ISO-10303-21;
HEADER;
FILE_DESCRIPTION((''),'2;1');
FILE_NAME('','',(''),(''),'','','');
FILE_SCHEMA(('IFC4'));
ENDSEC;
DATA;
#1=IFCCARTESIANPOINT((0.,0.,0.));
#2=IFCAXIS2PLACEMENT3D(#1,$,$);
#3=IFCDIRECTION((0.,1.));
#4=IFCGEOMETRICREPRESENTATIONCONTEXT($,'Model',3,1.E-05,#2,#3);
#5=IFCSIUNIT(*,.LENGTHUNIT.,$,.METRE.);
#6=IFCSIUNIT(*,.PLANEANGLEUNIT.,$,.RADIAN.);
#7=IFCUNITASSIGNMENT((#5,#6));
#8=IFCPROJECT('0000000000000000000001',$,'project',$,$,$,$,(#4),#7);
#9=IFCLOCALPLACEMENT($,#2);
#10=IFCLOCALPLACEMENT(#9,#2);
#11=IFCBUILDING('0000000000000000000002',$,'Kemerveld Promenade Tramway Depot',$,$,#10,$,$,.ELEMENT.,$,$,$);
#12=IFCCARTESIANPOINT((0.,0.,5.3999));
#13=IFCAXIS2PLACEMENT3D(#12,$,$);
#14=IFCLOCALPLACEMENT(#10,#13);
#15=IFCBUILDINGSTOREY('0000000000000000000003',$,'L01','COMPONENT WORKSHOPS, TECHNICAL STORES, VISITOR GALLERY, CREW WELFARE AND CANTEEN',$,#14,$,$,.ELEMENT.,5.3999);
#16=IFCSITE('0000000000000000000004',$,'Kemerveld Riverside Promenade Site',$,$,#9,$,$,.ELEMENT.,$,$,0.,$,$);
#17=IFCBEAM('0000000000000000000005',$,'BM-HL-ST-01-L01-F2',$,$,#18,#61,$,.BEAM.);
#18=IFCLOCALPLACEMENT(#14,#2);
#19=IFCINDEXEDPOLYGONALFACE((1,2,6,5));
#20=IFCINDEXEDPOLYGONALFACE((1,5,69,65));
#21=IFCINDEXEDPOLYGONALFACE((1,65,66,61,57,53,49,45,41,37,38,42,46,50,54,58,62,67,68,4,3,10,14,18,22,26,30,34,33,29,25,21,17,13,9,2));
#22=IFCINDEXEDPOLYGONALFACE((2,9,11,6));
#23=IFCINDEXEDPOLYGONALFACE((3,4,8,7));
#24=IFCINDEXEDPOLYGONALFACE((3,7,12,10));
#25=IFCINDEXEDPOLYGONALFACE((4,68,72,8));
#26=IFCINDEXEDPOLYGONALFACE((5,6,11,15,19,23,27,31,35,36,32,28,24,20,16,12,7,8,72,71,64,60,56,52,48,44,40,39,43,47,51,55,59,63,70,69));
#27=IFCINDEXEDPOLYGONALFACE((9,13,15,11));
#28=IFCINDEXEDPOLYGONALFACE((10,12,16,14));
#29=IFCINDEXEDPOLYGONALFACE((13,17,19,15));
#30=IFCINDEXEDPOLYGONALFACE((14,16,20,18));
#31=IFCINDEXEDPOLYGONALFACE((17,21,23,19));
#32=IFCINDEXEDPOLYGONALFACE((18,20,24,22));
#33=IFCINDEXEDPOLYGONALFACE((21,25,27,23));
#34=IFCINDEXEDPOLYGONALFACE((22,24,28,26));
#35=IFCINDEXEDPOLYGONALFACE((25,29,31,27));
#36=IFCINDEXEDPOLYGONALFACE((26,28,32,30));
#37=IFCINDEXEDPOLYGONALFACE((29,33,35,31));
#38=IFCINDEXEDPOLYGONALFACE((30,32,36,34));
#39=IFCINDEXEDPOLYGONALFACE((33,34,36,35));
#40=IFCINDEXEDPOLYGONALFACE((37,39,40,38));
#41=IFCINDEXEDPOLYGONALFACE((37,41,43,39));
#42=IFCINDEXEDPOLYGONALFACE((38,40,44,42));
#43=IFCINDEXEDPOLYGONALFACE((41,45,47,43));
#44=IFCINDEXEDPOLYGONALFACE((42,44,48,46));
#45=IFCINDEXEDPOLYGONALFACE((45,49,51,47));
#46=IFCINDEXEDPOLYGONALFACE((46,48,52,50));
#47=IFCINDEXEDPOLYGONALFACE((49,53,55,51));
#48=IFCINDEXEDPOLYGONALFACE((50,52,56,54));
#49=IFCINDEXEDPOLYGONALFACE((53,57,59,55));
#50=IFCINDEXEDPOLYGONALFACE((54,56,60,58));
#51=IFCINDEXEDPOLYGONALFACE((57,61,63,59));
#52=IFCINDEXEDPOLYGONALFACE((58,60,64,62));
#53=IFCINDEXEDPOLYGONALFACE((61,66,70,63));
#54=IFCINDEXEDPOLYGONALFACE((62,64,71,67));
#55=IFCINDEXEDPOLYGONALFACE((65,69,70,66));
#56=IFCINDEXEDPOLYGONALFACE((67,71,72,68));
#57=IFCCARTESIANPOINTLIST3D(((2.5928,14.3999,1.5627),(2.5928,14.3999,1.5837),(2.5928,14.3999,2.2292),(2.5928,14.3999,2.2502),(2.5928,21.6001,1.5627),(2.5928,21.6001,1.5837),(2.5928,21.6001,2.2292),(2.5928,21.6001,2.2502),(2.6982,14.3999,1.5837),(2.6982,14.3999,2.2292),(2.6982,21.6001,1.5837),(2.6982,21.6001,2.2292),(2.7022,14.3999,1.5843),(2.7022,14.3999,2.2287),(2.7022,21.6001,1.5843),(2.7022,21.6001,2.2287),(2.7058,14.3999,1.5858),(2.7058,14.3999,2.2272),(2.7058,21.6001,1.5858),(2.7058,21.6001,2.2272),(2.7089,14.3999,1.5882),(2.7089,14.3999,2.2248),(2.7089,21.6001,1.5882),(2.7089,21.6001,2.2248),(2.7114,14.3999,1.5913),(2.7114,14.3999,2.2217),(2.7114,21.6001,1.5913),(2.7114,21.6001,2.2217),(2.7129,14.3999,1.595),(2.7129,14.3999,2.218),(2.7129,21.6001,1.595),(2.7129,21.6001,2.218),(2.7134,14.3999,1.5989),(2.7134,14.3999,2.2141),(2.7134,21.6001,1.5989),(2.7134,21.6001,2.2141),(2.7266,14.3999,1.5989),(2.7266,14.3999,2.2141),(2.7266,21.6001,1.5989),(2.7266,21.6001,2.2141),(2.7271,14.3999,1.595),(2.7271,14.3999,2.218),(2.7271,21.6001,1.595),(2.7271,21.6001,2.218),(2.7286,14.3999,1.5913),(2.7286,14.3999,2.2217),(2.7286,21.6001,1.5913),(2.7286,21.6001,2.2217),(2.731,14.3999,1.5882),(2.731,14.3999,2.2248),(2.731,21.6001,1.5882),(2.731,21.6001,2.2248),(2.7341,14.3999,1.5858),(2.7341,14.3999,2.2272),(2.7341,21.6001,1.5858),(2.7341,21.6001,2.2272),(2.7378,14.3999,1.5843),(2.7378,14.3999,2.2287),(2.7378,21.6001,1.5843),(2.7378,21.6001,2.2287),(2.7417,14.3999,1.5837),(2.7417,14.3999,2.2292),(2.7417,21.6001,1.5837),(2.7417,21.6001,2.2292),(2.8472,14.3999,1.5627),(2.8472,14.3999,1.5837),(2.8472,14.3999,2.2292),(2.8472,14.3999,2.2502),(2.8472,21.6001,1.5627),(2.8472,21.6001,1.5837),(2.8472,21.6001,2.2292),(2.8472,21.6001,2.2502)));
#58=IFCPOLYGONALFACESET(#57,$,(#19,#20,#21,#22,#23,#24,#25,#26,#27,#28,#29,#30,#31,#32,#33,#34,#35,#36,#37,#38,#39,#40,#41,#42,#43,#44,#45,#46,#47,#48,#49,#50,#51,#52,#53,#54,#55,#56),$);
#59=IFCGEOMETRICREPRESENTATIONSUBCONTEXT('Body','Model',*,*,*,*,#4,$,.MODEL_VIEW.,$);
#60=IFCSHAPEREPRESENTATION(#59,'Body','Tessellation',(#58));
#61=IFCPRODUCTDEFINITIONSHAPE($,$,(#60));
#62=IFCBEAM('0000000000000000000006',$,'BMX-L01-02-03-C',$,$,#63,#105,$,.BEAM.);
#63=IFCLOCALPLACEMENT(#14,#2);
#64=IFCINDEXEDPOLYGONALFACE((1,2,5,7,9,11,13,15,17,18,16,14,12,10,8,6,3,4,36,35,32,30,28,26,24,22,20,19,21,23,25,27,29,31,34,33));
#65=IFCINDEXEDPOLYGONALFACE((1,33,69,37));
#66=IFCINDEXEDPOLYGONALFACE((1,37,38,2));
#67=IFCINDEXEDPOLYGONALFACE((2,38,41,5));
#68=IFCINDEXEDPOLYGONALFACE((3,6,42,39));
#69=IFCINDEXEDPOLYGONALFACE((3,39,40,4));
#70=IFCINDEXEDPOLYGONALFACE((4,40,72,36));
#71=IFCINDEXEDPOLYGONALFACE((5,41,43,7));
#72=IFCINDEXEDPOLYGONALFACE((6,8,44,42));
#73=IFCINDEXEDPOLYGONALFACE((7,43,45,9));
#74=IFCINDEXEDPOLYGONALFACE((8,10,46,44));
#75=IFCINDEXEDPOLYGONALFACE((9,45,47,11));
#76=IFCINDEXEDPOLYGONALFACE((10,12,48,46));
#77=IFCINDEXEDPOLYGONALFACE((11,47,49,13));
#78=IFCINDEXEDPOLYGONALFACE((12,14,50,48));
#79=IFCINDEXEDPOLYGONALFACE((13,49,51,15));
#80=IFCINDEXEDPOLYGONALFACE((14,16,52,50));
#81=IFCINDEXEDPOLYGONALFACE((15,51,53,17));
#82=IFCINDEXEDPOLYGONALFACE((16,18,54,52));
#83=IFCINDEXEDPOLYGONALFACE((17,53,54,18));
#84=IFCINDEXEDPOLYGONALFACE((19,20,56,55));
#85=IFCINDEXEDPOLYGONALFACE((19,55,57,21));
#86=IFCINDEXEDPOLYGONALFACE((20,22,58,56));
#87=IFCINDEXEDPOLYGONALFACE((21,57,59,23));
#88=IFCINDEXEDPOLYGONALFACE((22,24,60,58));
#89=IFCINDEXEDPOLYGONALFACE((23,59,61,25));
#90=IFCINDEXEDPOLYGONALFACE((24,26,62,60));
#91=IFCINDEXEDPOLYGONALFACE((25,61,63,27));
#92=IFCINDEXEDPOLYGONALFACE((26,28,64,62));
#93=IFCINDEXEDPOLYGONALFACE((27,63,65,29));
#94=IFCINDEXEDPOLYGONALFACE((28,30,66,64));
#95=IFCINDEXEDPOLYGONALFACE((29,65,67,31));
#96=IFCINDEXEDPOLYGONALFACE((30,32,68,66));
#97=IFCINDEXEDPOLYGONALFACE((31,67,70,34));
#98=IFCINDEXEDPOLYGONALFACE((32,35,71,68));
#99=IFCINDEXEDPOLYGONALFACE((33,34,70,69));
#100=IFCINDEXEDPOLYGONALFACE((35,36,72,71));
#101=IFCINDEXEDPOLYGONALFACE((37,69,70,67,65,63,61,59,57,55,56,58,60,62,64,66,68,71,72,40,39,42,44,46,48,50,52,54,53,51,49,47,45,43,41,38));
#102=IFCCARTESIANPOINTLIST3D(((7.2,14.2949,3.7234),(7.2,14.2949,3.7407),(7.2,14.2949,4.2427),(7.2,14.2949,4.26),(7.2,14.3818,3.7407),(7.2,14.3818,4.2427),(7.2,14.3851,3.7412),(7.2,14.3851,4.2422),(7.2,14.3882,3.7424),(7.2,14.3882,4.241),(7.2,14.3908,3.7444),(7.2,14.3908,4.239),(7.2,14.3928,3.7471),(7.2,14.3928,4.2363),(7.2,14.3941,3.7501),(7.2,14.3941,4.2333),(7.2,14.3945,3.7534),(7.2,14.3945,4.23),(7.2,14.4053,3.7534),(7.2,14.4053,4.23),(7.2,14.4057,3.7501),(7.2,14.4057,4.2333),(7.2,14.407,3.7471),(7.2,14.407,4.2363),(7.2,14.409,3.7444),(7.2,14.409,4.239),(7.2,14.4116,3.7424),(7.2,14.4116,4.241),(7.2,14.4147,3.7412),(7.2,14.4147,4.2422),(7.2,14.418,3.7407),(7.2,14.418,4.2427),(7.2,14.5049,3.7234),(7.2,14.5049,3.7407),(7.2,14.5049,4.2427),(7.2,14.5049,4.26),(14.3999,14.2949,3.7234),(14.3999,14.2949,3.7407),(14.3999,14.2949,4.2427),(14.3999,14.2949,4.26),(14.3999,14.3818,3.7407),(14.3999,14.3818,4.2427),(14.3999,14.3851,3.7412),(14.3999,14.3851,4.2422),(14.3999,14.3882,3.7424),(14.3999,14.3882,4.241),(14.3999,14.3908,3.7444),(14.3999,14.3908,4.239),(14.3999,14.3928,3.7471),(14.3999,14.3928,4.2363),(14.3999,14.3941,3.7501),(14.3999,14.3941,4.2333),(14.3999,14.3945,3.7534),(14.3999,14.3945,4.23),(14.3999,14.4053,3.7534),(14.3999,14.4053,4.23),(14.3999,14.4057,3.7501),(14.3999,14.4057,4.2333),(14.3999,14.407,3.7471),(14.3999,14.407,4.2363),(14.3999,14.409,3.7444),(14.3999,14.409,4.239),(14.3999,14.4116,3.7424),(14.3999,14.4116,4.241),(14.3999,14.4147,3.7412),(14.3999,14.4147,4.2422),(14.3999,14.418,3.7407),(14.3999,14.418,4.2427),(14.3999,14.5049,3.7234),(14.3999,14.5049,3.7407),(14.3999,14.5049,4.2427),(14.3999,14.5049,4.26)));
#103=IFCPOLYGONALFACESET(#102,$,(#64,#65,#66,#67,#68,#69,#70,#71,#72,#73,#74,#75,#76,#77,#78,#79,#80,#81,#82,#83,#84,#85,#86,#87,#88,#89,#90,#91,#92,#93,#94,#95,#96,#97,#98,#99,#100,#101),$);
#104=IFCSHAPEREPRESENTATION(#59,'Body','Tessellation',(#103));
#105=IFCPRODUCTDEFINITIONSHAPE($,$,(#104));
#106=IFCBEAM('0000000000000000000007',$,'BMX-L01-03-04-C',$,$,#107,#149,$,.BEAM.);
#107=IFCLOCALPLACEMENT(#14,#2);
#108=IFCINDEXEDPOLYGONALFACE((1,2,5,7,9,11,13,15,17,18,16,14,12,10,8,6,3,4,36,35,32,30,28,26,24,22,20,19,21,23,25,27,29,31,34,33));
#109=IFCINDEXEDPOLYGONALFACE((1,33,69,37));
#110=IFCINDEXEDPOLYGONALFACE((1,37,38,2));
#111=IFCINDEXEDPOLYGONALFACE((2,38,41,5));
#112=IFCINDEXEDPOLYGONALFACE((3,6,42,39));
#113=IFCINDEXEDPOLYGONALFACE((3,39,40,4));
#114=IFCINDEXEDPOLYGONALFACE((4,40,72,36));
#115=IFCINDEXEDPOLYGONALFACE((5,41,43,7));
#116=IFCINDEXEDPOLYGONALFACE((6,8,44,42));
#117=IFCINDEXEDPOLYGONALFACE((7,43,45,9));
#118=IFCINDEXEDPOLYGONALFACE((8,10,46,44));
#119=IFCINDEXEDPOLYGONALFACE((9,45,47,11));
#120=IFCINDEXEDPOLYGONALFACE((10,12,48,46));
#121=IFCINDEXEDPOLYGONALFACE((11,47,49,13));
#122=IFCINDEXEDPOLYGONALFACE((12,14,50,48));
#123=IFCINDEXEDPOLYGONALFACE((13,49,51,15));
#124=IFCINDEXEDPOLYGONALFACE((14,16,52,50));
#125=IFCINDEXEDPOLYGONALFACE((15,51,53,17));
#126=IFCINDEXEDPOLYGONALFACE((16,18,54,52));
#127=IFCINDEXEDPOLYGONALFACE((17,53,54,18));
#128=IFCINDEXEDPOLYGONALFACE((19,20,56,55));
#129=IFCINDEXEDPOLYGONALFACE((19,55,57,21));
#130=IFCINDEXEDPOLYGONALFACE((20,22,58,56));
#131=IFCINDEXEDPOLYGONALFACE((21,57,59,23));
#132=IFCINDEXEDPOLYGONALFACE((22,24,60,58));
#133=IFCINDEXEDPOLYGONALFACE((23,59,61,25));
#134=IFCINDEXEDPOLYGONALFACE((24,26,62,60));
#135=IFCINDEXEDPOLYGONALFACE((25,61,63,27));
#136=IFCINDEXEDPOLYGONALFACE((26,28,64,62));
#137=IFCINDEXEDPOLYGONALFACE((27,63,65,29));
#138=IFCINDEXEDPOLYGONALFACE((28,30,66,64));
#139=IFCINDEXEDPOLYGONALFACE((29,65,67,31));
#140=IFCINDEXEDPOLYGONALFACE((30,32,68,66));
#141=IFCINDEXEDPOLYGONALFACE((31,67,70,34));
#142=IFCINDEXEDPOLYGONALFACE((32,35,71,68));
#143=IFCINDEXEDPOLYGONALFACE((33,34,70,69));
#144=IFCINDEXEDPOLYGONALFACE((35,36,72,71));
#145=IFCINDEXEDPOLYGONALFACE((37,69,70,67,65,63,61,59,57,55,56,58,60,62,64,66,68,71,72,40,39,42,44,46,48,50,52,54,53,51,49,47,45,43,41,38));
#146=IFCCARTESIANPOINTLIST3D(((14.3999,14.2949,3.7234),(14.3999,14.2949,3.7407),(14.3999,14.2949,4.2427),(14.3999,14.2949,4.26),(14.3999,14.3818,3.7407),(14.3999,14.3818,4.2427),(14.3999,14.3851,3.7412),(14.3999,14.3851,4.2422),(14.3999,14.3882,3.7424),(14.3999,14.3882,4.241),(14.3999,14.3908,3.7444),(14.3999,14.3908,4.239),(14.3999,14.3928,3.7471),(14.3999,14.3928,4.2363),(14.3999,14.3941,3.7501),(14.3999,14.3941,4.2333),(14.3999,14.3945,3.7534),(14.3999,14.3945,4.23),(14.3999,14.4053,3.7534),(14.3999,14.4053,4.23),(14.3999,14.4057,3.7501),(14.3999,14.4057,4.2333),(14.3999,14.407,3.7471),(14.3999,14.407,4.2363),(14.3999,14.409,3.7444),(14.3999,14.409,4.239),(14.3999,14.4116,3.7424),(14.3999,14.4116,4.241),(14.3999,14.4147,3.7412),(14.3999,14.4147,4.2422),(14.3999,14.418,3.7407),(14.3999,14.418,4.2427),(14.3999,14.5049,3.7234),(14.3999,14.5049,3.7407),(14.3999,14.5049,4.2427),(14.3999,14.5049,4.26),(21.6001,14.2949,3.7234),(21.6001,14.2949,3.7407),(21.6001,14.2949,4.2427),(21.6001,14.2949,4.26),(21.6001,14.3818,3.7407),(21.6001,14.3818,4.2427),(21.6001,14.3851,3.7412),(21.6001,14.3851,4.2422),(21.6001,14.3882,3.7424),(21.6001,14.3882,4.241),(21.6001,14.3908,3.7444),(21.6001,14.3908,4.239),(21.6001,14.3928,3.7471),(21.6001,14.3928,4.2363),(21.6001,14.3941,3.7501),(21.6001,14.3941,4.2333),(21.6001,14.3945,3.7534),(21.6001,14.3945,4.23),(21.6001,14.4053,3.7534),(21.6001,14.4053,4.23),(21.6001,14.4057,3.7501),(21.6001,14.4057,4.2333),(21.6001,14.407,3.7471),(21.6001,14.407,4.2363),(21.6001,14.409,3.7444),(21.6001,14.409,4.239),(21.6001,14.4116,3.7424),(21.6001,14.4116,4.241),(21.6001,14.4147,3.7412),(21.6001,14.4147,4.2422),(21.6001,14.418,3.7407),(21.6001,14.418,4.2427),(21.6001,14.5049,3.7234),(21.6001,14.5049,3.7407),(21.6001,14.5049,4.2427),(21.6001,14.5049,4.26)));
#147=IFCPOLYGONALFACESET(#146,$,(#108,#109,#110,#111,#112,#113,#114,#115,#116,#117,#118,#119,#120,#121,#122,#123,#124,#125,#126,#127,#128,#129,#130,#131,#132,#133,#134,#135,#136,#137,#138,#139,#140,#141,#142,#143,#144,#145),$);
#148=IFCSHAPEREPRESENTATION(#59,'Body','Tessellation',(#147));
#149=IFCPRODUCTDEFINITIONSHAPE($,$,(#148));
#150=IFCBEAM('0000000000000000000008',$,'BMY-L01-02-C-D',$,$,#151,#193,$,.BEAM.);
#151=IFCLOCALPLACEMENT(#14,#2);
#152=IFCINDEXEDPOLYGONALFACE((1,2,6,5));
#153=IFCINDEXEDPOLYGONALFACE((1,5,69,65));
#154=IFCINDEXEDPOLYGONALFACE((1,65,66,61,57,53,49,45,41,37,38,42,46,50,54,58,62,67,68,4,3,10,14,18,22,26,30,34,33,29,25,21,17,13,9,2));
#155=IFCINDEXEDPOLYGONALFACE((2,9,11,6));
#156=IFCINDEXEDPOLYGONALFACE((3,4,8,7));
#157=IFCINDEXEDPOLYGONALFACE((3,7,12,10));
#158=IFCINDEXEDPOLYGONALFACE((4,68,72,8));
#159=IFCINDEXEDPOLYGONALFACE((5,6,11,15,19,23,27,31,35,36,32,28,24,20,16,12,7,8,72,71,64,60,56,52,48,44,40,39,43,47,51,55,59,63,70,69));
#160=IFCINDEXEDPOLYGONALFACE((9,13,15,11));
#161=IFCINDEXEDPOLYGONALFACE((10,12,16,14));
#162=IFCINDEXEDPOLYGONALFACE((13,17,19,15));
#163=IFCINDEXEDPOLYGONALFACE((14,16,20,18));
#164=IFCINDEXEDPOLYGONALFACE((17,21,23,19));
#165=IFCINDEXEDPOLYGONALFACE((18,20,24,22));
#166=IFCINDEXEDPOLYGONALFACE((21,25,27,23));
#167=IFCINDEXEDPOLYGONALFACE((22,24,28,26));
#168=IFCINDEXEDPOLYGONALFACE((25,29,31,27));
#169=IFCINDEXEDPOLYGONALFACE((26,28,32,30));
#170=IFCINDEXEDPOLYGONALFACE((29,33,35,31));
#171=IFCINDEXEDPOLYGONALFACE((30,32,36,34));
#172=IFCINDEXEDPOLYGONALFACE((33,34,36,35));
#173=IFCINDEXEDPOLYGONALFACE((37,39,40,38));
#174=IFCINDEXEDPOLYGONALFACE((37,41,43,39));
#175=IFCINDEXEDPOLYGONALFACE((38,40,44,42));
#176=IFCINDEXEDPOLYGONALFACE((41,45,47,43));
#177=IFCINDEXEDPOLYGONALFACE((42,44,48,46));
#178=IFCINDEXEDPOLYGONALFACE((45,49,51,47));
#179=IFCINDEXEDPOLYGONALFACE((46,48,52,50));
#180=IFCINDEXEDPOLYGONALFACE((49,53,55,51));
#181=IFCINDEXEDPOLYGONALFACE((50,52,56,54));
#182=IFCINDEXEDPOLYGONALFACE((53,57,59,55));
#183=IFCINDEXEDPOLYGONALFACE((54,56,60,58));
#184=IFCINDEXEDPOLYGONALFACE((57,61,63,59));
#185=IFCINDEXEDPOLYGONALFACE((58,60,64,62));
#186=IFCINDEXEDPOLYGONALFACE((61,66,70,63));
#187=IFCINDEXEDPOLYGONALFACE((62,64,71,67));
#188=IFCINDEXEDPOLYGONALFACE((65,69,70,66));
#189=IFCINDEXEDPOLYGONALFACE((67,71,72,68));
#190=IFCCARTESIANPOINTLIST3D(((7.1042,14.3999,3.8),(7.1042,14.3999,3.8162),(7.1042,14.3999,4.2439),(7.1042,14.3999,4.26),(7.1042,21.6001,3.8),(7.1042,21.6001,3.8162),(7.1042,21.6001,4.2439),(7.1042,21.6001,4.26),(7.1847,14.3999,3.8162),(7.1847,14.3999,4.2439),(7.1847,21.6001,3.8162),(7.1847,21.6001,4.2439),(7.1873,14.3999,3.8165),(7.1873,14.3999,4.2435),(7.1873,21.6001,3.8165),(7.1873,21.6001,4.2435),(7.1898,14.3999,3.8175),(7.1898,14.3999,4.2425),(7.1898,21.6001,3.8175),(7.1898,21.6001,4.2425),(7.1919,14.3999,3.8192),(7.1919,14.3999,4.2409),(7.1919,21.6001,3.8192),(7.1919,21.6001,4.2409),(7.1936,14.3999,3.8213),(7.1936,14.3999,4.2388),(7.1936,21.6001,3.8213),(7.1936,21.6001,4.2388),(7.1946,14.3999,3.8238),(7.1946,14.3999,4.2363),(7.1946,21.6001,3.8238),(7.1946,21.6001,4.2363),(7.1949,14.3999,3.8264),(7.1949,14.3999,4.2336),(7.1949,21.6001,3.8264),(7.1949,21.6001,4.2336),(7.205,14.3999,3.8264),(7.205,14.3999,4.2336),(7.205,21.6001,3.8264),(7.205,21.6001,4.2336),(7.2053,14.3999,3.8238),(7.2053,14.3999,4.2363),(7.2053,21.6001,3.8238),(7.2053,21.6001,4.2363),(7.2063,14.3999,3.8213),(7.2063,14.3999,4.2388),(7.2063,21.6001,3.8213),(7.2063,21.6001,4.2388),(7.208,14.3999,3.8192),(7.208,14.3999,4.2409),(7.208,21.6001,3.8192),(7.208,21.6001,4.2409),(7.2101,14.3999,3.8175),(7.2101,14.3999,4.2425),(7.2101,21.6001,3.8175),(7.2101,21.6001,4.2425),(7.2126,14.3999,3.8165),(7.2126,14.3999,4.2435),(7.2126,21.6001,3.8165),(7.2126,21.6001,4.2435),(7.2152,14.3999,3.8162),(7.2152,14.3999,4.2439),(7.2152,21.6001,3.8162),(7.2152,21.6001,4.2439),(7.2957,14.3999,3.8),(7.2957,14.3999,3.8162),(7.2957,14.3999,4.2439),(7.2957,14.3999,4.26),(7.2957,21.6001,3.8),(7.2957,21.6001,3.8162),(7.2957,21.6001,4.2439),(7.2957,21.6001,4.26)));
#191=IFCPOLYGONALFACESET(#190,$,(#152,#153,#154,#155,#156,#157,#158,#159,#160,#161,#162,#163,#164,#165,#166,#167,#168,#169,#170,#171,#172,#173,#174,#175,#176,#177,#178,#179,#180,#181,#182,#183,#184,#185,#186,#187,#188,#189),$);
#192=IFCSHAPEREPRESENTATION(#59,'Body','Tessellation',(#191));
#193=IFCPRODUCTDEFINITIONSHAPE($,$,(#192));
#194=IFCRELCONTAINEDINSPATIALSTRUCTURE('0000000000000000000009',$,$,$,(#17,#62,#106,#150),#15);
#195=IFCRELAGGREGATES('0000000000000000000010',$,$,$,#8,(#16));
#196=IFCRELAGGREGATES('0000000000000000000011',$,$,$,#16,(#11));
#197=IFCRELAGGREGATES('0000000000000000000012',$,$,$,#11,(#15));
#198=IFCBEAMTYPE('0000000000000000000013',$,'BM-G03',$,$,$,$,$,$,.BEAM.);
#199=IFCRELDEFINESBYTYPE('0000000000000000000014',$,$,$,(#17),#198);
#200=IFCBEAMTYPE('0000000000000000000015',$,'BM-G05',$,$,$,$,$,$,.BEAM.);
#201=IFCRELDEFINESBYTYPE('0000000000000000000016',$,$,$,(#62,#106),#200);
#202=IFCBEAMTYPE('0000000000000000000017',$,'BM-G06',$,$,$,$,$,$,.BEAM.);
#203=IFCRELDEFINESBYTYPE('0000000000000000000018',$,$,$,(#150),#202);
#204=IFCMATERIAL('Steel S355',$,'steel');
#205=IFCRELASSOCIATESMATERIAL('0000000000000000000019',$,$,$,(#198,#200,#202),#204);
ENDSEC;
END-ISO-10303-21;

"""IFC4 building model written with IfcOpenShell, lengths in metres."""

from ifc_helpers import new_model, si_unit, direction, frame, origin, origin_2d, place, context, subcontext, project, spatial, i_section, extrude, material, material_profile, profile_set, type_object, element, save


model = new_model("IFC4")

# Units and contexts
model_context = context("Model", 3, precision=1e-05, world=origin(), true_north=direction((0.0, 1.0)))
body_context = subcontext(model_context, "Body", "Model", "MODEL_VIEW")
ifc_project = project(units=[si_unit("LENGTHUNIT", "METRE"), si_unit("PLANEANGLEUNIT", "RADIAN")], contexts=[model_context])

# Site, building, storey
site_placement = place(None, origin())
site = spatial("IfcSite", under=ifc_project, at=site_placement, Name="Kemerveld Riverside Promenade Site", CompositionType="ELEMENT", RefElevation=0.0)
building_placement = place(site_placement, origin())
building = spatial("IfcBuilding", under=site, at=building_placement, Name="Kemerveld Promenade Tramway Depot", CompositionType="ELEMENT")
storey_placement = place(building_placement, frame((0.0, 0.0, 5.3999)))
storey = spatial("IfcBuildingStorey", under=building, at=storey_placement, Name="L01", Description="COMPONENT WORKSHOPS, TECHNICAL STORES, VISITOR GALLERY, CREW WELFARE AND CANTEEN", CompositionType="ELEMENT", Elevation=5.3999)

# Shared definitions
ifc_material_1 = material(Name="Steel S355", Category="steel")

# Beams
ifc_material_profile_1 = material_profile(ifc_material_1, i_section(OverallWidth=0.2544, OverallDepth=0.6875, WebThickness=0.0132, FlangeThickness=0.021, FilletRadius=0.0151, at=origin_2d()), Name="686x254x152 UB")
ifc_profile_set_1 = profile_set([ifc_material_profile_1], Name="Steel S355")
beam_type_1 = type_object("IfcBeamType", Name="BM-G03", PredefinedType="BEAM", material=ifc_profile_set_1)
for number, where, z_axis, x_axis, name in (
    (1, (2.72, 14.3999, 1.9065), (0.0, 1.0, 0.0), (-1.0, 0.0, 0.0), "BM-HL-ST-01-L01-F2"),
):
    element("IfcBeam", number, at=place(storey_placement, frame(where, z_axis=z_axis, x_axis=x_axis)), inside=storey, type_object=beam_type_1, Name=name, PredefinedType="BEAM", context=body_context, shape_type="SweptSolid", body=[
        extrude(i_section(OverallWidth=0.2544, OverallDepth=0.6875, WebThickness=0.0132, FlangeThickness=0.021, FilletRadius=0.0151, at=origin_2d()), origin(), (0.0, 0.0, 1.0), 7.2002),
    ])
ifc_material_profile_2 = material_profile(ifc_material_1, i_section(OverallWidth=0.21, OverallDepth=0.5366, WebThickness=0.0107, FlangeThickness=0.0173, FilletRadius=0.0127, at=origin_2d()), Name="533x210x101 UB")
ifc_profile_set_2 = profile_set([ifc_material_profile_2], Name="Steel S355")
beam_type_2 = type_object("IfcBeamType", Name="BM-G05", PredefinedType="BEAM", material=ifc_profile_set_2)
beam_1_placement = place(storey_placement, frame((7.2, 14.3999, 3.9917), z_axis=(1.0, 0.0, 0.0), x_axis=(0.0, 1.0, 0.0)))
element("IfcBeam", 2, at=beam_1_placement, inside=storey, type_object=beam_type_2, Name="BMX-L01-02-03-C", PredefinedType="BEAM", context=body_context, shape_type="SweptSolid", body=[
    extrude(i_section(OverallWidth=0.21, OverallDepth=0.5366, WebThickness=0.0107, FlangeThickness=0.0173, FilletRadius=0.0127, at=origin_2d()), origin(), (0.0, 0.0, 1.0), 7.2),
])
beam_2_placement = place(storey_placement, frame((14.3999, 14.3999, 3.9917), z_axis=(1.0, 0.0, 0.0), x_axis=(0.0, 1.0, 0.0)))
element("IfcBeam", 3, at=beam_2_placement, inside=storey, type_object=beam_type_2, Name="BMX-L01-03-04-C", PredefinedType="BEAM", context=body_context, shape_type="SweptSolid", body=[
    extrude(i_section(OverallWidth=0.21, OverallDepth=0.5366, WebThickness=0.0107, FlangeThickness=0.0173, FilletRadius=0.0127, at=origin_2d()), origin(), (0.0, 0.0, 1.0), 7.2002),
])
ifc_material_profile_3 = material_profile(ifc_material_1, i_section(OverallWidth=0.1914, OverallDepth=0.46, WebThickness=0.01, FlangeThickness=0.0161, FilletRadius=0.0103, at=origin_2d()), Name="457x191x82 UB")
ifc_profile_set_3 = profile_set([ifc_material_profile_3], Name="Steel S355")
beam_type_3 = type_object("IfcBeamType", Name="BM-G06", PredefinedType="BEAM", material=ifc_profile_set_3)
for number, where, z_axis, x_axis, name in (
    (4, (7.2, 14.3999, 4.03), (0.0, 1.0, 0.0), (-1.0, 0.0, 0.0), "BMY-L01-02-C-D"),
):
    element("IfcBeam", number, at=place(storey_placement, frame(where, z_axis=z_axis, x_axis=x_axis)), inside=storey, type_object=beam_type_3, Name=name, PredefinedType="BEAM", context=body_context, shape_type="SweptSolid", body=[
        extrude(i_section(OverallWidth=0.1914, OverallDepth=0.46, WebThickness=0.01, FlangeThickness=0.0161, FilletRadius=0.0103, at=origin_2d()), origin(), (0.0, 0.0, 1.0), 7.2002),
    ])

save(model, "model.ifc")
